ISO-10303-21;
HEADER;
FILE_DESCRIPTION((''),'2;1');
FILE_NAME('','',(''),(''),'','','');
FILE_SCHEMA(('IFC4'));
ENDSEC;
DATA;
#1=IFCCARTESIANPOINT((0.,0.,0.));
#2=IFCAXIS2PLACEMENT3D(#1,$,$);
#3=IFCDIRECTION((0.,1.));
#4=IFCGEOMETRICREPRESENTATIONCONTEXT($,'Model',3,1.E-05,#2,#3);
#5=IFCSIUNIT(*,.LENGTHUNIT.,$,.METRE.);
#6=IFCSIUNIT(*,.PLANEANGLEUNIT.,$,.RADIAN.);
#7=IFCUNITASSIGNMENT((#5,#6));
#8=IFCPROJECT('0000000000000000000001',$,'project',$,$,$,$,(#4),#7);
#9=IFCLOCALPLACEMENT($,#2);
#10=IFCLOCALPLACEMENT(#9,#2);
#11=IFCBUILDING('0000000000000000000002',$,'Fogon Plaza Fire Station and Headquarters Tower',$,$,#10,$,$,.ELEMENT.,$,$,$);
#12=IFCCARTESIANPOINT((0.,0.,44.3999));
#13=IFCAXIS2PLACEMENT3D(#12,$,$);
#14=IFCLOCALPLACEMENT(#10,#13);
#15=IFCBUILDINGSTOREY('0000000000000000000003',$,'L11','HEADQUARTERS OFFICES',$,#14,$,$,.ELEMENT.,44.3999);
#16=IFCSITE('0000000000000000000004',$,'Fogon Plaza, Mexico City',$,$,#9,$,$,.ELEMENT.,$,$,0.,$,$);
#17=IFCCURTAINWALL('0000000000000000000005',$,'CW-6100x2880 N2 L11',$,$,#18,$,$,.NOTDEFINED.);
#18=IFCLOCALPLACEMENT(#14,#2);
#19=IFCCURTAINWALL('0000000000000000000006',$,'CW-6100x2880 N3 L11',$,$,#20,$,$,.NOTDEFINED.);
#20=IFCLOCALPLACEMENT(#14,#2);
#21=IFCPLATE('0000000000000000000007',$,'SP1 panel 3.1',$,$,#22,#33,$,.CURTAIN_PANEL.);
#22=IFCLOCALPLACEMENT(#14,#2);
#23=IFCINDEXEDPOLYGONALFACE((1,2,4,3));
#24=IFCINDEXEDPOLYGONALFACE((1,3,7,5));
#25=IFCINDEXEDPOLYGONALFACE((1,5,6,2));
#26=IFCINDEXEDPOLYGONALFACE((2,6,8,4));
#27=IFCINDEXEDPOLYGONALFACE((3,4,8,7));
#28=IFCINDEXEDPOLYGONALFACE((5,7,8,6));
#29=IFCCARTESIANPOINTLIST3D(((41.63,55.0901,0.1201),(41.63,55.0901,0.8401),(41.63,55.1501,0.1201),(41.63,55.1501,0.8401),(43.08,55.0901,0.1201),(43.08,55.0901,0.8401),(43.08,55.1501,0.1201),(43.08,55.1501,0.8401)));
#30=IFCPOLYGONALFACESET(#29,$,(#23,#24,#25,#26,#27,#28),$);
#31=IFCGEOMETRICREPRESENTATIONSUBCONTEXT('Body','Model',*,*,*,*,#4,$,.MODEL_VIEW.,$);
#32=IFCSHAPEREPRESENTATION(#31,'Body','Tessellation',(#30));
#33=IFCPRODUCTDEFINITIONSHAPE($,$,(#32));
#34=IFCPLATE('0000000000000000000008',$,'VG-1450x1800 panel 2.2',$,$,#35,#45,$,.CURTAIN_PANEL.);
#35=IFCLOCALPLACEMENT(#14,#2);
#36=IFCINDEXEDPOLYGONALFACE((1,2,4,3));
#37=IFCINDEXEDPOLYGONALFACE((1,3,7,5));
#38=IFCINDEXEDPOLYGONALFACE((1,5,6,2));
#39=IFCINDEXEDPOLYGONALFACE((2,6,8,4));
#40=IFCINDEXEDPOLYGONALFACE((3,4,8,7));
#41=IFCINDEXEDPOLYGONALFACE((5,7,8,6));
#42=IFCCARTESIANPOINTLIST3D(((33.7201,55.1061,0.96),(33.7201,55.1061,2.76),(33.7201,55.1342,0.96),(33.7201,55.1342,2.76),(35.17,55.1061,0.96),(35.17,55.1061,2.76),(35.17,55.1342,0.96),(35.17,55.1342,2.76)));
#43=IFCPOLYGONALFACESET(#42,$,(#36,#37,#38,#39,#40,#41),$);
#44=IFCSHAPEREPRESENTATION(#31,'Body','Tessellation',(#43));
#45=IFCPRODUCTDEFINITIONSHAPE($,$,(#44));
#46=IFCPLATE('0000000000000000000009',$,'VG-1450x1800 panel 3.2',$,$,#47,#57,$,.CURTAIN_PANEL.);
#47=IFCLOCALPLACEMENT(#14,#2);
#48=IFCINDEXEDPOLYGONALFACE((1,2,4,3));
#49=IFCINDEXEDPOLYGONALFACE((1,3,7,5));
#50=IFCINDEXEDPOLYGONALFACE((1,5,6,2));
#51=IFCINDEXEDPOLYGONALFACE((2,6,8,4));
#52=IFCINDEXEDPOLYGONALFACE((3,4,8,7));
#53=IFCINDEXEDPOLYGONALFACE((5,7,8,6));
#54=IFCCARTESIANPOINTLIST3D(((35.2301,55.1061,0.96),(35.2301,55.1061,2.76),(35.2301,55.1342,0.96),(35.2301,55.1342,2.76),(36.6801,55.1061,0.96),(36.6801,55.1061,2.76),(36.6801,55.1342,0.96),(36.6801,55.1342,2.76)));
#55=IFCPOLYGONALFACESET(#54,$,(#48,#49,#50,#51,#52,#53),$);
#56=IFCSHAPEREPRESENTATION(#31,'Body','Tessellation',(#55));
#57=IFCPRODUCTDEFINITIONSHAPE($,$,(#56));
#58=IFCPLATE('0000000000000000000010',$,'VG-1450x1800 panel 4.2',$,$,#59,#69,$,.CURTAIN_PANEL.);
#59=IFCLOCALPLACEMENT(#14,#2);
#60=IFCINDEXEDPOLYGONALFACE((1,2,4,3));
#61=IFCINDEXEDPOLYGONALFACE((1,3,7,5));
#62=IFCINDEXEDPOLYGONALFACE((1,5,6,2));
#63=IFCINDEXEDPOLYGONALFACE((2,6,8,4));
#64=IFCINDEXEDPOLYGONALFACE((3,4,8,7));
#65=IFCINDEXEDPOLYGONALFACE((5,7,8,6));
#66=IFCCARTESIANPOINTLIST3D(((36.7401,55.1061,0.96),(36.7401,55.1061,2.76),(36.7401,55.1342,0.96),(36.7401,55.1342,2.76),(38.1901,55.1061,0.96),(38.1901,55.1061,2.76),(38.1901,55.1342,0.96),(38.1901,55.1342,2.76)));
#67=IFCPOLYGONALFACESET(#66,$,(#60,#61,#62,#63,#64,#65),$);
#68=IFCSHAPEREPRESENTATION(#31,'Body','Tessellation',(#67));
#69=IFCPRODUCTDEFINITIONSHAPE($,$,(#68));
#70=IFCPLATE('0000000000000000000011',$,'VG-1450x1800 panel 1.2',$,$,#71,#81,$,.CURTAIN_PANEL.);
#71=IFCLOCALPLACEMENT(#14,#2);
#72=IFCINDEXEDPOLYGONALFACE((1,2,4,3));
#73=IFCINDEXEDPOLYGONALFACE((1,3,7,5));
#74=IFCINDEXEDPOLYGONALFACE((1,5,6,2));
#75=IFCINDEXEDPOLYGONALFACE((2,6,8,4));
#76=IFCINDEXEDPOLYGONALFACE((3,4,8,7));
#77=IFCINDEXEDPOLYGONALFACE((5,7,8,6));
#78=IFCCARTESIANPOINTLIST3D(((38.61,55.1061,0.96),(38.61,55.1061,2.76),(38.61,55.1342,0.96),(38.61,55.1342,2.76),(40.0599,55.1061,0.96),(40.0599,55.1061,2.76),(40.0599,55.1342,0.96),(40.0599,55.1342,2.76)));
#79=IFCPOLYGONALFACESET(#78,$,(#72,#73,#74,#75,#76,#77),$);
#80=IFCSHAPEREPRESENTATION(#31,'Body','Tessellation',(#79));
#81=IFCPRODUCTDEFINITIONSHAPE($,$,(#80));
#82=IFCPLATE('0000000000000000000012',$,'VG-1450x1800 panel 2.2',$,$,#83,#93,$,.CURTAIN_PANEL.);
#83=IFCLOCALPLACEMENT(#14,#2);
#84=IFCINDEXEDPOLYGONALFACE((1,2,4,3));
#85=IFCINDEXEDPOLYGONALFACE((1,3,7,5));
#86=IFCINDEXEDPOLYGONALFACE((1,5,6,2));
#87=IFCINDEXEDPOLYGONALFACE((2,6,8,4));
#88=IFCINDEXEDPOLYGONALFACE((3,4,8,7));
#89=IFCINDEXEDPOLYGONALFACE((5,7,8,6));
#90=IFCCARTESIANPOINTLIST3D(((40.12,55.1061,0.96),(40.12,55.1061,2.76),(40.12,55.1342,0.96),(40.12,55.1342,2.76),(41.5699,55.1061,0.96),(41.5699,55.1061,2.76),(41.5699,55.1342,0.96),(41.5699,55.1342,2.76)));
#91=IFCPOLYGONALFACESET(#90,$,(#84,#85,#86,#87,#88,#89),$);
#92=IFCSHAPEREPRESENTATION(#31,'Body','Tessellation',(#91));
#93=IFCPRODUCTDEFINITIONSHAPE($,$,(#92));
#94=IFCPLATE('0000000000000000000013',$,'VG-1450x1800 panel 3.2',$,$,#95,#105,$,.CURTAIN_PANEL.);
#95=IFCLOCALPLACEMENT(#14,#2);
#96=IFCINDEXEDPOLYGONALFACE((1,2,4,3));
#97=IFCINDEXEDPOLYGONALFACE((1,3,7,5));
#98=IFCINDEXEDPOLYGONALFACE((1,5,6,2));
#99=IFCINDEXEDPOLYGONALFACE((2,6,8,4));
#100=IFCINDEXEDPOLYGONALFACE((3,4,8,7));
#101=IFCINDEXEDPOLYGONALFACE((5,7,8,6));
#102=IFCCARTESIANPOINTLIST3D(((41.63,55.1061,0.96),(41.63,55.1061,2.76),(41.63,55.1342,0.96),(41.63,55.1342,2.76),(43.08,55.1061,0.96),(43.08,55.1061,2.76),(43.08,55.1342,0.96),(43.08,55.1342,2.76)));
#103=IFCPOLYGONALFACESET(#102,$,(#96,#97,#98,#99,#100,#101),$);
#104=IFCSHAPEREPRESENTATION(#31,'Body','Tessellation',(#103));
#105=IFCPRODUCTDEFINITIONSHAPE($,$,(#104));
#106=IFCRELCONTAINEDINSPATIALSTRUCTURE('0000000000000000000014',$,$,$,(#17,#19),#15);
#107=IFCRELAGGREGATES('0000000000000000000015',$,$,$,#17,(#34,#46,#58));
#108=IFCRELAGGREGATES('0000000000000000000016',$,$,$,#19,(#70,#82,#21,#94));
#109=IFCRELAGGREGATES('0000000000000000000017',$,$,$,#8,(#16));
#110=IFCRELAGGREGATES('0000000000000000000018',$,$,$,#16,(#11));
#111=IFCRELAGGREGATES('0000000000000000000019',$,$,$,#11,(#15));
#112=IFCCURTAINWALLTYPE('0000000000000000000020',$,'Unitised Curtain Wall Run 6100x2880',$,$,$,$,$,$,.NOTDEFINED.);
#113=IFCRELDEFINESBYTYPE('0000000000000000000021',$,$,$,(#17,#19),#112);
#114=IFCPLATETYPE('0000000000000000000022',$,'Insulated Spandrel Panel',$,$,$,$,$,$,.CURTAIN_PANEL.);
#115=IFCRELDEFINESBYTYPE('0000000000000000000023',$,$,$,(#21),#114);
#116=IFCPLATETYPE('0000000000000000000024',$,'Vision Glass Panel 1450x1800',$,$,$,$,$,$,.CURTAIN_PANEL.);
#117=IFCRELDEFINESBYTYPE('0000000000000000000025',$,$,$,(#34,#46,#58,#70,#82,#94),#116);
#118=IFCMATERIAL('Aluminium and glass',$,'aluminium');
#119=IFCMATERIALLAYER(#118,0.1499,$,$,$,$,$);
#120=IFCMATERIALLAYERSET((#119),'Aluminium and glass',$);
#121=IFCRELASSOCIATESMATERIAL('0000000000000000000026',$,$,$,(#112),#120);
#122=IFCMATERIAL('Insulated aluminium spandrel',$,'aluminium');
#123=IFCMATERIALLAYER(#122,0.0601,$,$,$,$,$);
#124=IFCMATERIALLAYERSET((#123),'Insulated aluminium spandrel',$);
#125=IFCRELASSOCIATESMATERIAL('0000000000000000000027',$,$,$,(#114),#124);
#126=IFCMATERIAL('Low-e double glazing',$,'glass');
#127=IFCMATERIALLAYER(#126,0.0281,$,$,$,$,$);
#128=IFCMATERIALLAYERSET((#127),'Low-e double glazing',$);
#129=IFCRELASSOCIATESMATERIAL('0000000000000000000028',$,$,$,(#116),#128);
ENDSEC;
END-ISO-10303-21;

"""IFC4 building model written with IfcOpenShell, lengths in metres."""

from ifc_helpers import new_model, si_unit, direction, frame, origin, origin_2d, place, context, subcontext, project, spatial, rectangle, extrude, material, layer, layer_set, type_object, element, aggregate, save


model = new_model("IFC4")

# Units and contexts
model_context = context("Model", 3, precision=1e-05, world=origin(), true_north=direction((0.0, 1.0)))
body_context = subcontext(model_context, "Body", "Model", "MODEL_VIEW")
ifc_project = project(units=[si_unit("LENGTHUNIT", "METRE"), si_unit("PLANEANGLEUNIT", "RADIAN")], contexts=[model_context])

# Site, building, storey
site_placement = place(None, origin())
site = spatial("IfcSite", under=ifc_project, at=site_placement, Name="Fogon Plaza, Mexico City", CompositionType="ELEMENT", RefElevation=0.0)
building_placement = place(site_placement, origin())
building = spatial("IfcBuilding", under=site, at=building_placement, Name="Fogon Plaza Fire Station and Headquarters Tower", CompositionType="ELEMENT")
storey_placement = place(building_placement, frame((0.0, 0.0, 44.3999)))
storey = spatial("IfcBuildingStorey", under=building, at=storey_placement, Name="L11", Description="HEADQUARTERS OFFICES", CompositionType="ELEMENT", Elevation=44.3999)

# Curtain walls
ifc_material_1 = material(Name="Aluminium and glass", Category="aluminium")
ifc_layer_1 = layer(ifc_material_1, 0.1499)
ifc_layer_set_1 = layer_set([ifc_layer_1], Name="Aluminium and glass")
curtain_wall_type = type_object("IfcCurtainWallType", Name="Unitised Curtain Wall Run 6100x2880", PredefinedType="NOTDEFINED", material=ifc_layer_set_1)
curtain_wall_1_placement = place(storey_placement, origin())
curtain_wall_1 = element("IfcCurtainWall", 1, at=curtain_wall_1_placement, inside=storey, type_object=curtain_wall_type, Name="CW-6100x2880 N2 L11", PredefinedType="NOTDEFINED")
curtain_wall_2_placement = place(storey_placement, origin())
curtain_wall_2 = element("IfcCurtainWall", 2, at=curtain_wall_2_placement, inside=storey, type_object=curtain_wall_type, Name="CW-6100x2880 N3 L11", PredefinedType="NOTDEFINED")

# Plates
ifc_material_2 = material(Name="Insulated aluminium spandrel", Category="aluminium")
ifc_layer_2 = layer(ifc_material_2, 0.0601)
ifc_layer_set_2 = layer_set([ifc_layer_2], Name="Insulated aluminium spandrel")
plate_type_1 = type_object("IfcPlateType", Name="Insulated Spandrel Panel", PredefinedType="CURTAIN_PANEL", material=ifc_layer_set_2)
plate_1_placement = place(storey_placement, frame((42.355, 55.1201, 0.1201), z_axis=(0.0, 0.0, 1.0), x_axis=(1.0, 0.0, 0.0)))
plate_1 = element("IfcPlate", 3, at=plate_1_placement, type_object=plate_type_1, Name="SP1 panel 3.1", PredefinedType="CURTAIN_PANEL", context=body_context, shape_type="SweptSolid", body=[
    extrude(rectangle(XDim=1.45, YDim=0.0601, at=origin_2d()), origin(), (0.0, 0.0, 1.0), 0.72),
])
ifc_material_3 = material(Name="Low-e double glazing", Category="glass")
ifc_layer_3 = layer(ifc_material_3, 0.0281)
ifc_layer_set_3 = layer_set([ifc_layer_3], Name="Low-e double glazing")
plate_type_2 = type_object("IfcPlateType", Name="Vision Glass Panel 1450x1800", PredefinedType="CURTAIN_PANEL", material=ifc_layer_set_3)
plate_2_placement = place(storey_placement, frame((34.4451, 55.1201, 0.96), z_axis=(0.0, 0.0, 1.0), x_axis=(1.0, 0.0, 0.0)))
plate_2 = element("IfcPlate", 4, at=plate_2_placement, type_object=plate_type_2, Name="VG-1450x1800 panel 2.2", PredefinedType="CURTAIN_PANEL", context=body_context, shape_type="SweptSolid", body=[
    extrude(rectangle(XDim=1.45, YDim=0.0281, at=origin_2d()), origin(), (0.0, 0.0, 1.0), 1.8),
])
plate_3_placement = place(storey_placement, frame((35.9551, 55.1201, 0.96), z_axis=(0.0, 0.0, 1.0), x_axis=(1.0, 0.0, 0.0)))
plate_3 = element("IfcPlate", 5, at=plate_3_placement, type_object=plate_type_2, Name="VG-1450x1800 panel 3.2", PredefinedType="CURTAIN_PANEL", context=body_context, shape_type="SweptSolid", body=[
    extrude(rectangle(XDim=1.45, YDim=0.0281, at=origin_2d()), origin(), (0.0, 0.0, 1.0), 1.8),
])
plate_4_placement = place(storey_placement, frame((37.4651, 55.1201, 0.96), z_axis=(0.0, 0.0, 1.0), x_axis=(1.0, 0.0, 0.0)))
plate_4 = element("IfcPlate", 6, at=plate_4_placement, type_object=plate_type_2, Name="VG-1450x1800 panel 4.2", PredefinedType="CURTAIN_PANEL", context=body_context, shape_type="SweptSolid", body=[
    extrude(rectangle(XDim=1.45, YDim=0.0281, at=origin_2d()), origin(), (0.0, 0.0, 1.0), 1.8),
])
aggregate(curtain_wall_1, [plate_2, plate_3, plate_4])
plate_5_placement = place(storey_placement, frame((39.335, 55.1201, 0.96), z_axis=(0.0, 0.0, 1.0), x_axis=(1.0, 0.0, 0.0)))
plate_5 = element("IfcPlate", 7, at=plate_5_placement, type_object=plate_type_2, Name="VG-1450x1800 panel 1.2", PredefinedType="CURTAIN_PANEL", context=body_context, shape_type="SweptSolid", body=[
    extrude(rectangle(XDim=1.45, YDim=0.0281, at=origin_2d()), origin(), (0.0, 0.0, 1.0), 1.8),
])
plate_6_placement = place(storey_placement, frame((40.845, 55.1201, 0.96), z_axis=(0.0, 0.0, 1.0), x_axis=(1.0, 0.0, 0.0)))
plate_6 = element("IfcPlate", 8, at=plate_6_placement, type_object=plate_type_2, Name="VG-1450x1800 panel 2.2", PredefinedType="CURTAIN_PANEL", context=body_context, shape_type="SweptSolid", body=[
    extrude(rectangle(XDim=1.45, YDim=0.0281, at=origin_2d()), origin(), (0.0, 0.0, 1.0), 1.8),
])
plate_7_placement = place(storey_placement, frame((42.355, 55.1201, 0.96), z_axis=(0.0, 0.0, 1.0), x_axis=(1.0, 0.0, 0.0)))
plate_7 = element("IfcPlate", 9, at=plate_7_placement, type_object=plate_type_2, Name="VG-1450x1800 panel 3.2", PredefinedType="CURTAIN_PANEL", context=body_context, shape_type="SweptSolid", body=[
    extrude(rectangle(XDim=1.45, YDim=0.0281, at=origin_2d()), origin(), (0.0, 0.0, 1.0), 1.8),
])
aggregate(curtain_wall_2, [plate_5, plate_6, plate_1, plate_7])

save(model, "model.ifc")
